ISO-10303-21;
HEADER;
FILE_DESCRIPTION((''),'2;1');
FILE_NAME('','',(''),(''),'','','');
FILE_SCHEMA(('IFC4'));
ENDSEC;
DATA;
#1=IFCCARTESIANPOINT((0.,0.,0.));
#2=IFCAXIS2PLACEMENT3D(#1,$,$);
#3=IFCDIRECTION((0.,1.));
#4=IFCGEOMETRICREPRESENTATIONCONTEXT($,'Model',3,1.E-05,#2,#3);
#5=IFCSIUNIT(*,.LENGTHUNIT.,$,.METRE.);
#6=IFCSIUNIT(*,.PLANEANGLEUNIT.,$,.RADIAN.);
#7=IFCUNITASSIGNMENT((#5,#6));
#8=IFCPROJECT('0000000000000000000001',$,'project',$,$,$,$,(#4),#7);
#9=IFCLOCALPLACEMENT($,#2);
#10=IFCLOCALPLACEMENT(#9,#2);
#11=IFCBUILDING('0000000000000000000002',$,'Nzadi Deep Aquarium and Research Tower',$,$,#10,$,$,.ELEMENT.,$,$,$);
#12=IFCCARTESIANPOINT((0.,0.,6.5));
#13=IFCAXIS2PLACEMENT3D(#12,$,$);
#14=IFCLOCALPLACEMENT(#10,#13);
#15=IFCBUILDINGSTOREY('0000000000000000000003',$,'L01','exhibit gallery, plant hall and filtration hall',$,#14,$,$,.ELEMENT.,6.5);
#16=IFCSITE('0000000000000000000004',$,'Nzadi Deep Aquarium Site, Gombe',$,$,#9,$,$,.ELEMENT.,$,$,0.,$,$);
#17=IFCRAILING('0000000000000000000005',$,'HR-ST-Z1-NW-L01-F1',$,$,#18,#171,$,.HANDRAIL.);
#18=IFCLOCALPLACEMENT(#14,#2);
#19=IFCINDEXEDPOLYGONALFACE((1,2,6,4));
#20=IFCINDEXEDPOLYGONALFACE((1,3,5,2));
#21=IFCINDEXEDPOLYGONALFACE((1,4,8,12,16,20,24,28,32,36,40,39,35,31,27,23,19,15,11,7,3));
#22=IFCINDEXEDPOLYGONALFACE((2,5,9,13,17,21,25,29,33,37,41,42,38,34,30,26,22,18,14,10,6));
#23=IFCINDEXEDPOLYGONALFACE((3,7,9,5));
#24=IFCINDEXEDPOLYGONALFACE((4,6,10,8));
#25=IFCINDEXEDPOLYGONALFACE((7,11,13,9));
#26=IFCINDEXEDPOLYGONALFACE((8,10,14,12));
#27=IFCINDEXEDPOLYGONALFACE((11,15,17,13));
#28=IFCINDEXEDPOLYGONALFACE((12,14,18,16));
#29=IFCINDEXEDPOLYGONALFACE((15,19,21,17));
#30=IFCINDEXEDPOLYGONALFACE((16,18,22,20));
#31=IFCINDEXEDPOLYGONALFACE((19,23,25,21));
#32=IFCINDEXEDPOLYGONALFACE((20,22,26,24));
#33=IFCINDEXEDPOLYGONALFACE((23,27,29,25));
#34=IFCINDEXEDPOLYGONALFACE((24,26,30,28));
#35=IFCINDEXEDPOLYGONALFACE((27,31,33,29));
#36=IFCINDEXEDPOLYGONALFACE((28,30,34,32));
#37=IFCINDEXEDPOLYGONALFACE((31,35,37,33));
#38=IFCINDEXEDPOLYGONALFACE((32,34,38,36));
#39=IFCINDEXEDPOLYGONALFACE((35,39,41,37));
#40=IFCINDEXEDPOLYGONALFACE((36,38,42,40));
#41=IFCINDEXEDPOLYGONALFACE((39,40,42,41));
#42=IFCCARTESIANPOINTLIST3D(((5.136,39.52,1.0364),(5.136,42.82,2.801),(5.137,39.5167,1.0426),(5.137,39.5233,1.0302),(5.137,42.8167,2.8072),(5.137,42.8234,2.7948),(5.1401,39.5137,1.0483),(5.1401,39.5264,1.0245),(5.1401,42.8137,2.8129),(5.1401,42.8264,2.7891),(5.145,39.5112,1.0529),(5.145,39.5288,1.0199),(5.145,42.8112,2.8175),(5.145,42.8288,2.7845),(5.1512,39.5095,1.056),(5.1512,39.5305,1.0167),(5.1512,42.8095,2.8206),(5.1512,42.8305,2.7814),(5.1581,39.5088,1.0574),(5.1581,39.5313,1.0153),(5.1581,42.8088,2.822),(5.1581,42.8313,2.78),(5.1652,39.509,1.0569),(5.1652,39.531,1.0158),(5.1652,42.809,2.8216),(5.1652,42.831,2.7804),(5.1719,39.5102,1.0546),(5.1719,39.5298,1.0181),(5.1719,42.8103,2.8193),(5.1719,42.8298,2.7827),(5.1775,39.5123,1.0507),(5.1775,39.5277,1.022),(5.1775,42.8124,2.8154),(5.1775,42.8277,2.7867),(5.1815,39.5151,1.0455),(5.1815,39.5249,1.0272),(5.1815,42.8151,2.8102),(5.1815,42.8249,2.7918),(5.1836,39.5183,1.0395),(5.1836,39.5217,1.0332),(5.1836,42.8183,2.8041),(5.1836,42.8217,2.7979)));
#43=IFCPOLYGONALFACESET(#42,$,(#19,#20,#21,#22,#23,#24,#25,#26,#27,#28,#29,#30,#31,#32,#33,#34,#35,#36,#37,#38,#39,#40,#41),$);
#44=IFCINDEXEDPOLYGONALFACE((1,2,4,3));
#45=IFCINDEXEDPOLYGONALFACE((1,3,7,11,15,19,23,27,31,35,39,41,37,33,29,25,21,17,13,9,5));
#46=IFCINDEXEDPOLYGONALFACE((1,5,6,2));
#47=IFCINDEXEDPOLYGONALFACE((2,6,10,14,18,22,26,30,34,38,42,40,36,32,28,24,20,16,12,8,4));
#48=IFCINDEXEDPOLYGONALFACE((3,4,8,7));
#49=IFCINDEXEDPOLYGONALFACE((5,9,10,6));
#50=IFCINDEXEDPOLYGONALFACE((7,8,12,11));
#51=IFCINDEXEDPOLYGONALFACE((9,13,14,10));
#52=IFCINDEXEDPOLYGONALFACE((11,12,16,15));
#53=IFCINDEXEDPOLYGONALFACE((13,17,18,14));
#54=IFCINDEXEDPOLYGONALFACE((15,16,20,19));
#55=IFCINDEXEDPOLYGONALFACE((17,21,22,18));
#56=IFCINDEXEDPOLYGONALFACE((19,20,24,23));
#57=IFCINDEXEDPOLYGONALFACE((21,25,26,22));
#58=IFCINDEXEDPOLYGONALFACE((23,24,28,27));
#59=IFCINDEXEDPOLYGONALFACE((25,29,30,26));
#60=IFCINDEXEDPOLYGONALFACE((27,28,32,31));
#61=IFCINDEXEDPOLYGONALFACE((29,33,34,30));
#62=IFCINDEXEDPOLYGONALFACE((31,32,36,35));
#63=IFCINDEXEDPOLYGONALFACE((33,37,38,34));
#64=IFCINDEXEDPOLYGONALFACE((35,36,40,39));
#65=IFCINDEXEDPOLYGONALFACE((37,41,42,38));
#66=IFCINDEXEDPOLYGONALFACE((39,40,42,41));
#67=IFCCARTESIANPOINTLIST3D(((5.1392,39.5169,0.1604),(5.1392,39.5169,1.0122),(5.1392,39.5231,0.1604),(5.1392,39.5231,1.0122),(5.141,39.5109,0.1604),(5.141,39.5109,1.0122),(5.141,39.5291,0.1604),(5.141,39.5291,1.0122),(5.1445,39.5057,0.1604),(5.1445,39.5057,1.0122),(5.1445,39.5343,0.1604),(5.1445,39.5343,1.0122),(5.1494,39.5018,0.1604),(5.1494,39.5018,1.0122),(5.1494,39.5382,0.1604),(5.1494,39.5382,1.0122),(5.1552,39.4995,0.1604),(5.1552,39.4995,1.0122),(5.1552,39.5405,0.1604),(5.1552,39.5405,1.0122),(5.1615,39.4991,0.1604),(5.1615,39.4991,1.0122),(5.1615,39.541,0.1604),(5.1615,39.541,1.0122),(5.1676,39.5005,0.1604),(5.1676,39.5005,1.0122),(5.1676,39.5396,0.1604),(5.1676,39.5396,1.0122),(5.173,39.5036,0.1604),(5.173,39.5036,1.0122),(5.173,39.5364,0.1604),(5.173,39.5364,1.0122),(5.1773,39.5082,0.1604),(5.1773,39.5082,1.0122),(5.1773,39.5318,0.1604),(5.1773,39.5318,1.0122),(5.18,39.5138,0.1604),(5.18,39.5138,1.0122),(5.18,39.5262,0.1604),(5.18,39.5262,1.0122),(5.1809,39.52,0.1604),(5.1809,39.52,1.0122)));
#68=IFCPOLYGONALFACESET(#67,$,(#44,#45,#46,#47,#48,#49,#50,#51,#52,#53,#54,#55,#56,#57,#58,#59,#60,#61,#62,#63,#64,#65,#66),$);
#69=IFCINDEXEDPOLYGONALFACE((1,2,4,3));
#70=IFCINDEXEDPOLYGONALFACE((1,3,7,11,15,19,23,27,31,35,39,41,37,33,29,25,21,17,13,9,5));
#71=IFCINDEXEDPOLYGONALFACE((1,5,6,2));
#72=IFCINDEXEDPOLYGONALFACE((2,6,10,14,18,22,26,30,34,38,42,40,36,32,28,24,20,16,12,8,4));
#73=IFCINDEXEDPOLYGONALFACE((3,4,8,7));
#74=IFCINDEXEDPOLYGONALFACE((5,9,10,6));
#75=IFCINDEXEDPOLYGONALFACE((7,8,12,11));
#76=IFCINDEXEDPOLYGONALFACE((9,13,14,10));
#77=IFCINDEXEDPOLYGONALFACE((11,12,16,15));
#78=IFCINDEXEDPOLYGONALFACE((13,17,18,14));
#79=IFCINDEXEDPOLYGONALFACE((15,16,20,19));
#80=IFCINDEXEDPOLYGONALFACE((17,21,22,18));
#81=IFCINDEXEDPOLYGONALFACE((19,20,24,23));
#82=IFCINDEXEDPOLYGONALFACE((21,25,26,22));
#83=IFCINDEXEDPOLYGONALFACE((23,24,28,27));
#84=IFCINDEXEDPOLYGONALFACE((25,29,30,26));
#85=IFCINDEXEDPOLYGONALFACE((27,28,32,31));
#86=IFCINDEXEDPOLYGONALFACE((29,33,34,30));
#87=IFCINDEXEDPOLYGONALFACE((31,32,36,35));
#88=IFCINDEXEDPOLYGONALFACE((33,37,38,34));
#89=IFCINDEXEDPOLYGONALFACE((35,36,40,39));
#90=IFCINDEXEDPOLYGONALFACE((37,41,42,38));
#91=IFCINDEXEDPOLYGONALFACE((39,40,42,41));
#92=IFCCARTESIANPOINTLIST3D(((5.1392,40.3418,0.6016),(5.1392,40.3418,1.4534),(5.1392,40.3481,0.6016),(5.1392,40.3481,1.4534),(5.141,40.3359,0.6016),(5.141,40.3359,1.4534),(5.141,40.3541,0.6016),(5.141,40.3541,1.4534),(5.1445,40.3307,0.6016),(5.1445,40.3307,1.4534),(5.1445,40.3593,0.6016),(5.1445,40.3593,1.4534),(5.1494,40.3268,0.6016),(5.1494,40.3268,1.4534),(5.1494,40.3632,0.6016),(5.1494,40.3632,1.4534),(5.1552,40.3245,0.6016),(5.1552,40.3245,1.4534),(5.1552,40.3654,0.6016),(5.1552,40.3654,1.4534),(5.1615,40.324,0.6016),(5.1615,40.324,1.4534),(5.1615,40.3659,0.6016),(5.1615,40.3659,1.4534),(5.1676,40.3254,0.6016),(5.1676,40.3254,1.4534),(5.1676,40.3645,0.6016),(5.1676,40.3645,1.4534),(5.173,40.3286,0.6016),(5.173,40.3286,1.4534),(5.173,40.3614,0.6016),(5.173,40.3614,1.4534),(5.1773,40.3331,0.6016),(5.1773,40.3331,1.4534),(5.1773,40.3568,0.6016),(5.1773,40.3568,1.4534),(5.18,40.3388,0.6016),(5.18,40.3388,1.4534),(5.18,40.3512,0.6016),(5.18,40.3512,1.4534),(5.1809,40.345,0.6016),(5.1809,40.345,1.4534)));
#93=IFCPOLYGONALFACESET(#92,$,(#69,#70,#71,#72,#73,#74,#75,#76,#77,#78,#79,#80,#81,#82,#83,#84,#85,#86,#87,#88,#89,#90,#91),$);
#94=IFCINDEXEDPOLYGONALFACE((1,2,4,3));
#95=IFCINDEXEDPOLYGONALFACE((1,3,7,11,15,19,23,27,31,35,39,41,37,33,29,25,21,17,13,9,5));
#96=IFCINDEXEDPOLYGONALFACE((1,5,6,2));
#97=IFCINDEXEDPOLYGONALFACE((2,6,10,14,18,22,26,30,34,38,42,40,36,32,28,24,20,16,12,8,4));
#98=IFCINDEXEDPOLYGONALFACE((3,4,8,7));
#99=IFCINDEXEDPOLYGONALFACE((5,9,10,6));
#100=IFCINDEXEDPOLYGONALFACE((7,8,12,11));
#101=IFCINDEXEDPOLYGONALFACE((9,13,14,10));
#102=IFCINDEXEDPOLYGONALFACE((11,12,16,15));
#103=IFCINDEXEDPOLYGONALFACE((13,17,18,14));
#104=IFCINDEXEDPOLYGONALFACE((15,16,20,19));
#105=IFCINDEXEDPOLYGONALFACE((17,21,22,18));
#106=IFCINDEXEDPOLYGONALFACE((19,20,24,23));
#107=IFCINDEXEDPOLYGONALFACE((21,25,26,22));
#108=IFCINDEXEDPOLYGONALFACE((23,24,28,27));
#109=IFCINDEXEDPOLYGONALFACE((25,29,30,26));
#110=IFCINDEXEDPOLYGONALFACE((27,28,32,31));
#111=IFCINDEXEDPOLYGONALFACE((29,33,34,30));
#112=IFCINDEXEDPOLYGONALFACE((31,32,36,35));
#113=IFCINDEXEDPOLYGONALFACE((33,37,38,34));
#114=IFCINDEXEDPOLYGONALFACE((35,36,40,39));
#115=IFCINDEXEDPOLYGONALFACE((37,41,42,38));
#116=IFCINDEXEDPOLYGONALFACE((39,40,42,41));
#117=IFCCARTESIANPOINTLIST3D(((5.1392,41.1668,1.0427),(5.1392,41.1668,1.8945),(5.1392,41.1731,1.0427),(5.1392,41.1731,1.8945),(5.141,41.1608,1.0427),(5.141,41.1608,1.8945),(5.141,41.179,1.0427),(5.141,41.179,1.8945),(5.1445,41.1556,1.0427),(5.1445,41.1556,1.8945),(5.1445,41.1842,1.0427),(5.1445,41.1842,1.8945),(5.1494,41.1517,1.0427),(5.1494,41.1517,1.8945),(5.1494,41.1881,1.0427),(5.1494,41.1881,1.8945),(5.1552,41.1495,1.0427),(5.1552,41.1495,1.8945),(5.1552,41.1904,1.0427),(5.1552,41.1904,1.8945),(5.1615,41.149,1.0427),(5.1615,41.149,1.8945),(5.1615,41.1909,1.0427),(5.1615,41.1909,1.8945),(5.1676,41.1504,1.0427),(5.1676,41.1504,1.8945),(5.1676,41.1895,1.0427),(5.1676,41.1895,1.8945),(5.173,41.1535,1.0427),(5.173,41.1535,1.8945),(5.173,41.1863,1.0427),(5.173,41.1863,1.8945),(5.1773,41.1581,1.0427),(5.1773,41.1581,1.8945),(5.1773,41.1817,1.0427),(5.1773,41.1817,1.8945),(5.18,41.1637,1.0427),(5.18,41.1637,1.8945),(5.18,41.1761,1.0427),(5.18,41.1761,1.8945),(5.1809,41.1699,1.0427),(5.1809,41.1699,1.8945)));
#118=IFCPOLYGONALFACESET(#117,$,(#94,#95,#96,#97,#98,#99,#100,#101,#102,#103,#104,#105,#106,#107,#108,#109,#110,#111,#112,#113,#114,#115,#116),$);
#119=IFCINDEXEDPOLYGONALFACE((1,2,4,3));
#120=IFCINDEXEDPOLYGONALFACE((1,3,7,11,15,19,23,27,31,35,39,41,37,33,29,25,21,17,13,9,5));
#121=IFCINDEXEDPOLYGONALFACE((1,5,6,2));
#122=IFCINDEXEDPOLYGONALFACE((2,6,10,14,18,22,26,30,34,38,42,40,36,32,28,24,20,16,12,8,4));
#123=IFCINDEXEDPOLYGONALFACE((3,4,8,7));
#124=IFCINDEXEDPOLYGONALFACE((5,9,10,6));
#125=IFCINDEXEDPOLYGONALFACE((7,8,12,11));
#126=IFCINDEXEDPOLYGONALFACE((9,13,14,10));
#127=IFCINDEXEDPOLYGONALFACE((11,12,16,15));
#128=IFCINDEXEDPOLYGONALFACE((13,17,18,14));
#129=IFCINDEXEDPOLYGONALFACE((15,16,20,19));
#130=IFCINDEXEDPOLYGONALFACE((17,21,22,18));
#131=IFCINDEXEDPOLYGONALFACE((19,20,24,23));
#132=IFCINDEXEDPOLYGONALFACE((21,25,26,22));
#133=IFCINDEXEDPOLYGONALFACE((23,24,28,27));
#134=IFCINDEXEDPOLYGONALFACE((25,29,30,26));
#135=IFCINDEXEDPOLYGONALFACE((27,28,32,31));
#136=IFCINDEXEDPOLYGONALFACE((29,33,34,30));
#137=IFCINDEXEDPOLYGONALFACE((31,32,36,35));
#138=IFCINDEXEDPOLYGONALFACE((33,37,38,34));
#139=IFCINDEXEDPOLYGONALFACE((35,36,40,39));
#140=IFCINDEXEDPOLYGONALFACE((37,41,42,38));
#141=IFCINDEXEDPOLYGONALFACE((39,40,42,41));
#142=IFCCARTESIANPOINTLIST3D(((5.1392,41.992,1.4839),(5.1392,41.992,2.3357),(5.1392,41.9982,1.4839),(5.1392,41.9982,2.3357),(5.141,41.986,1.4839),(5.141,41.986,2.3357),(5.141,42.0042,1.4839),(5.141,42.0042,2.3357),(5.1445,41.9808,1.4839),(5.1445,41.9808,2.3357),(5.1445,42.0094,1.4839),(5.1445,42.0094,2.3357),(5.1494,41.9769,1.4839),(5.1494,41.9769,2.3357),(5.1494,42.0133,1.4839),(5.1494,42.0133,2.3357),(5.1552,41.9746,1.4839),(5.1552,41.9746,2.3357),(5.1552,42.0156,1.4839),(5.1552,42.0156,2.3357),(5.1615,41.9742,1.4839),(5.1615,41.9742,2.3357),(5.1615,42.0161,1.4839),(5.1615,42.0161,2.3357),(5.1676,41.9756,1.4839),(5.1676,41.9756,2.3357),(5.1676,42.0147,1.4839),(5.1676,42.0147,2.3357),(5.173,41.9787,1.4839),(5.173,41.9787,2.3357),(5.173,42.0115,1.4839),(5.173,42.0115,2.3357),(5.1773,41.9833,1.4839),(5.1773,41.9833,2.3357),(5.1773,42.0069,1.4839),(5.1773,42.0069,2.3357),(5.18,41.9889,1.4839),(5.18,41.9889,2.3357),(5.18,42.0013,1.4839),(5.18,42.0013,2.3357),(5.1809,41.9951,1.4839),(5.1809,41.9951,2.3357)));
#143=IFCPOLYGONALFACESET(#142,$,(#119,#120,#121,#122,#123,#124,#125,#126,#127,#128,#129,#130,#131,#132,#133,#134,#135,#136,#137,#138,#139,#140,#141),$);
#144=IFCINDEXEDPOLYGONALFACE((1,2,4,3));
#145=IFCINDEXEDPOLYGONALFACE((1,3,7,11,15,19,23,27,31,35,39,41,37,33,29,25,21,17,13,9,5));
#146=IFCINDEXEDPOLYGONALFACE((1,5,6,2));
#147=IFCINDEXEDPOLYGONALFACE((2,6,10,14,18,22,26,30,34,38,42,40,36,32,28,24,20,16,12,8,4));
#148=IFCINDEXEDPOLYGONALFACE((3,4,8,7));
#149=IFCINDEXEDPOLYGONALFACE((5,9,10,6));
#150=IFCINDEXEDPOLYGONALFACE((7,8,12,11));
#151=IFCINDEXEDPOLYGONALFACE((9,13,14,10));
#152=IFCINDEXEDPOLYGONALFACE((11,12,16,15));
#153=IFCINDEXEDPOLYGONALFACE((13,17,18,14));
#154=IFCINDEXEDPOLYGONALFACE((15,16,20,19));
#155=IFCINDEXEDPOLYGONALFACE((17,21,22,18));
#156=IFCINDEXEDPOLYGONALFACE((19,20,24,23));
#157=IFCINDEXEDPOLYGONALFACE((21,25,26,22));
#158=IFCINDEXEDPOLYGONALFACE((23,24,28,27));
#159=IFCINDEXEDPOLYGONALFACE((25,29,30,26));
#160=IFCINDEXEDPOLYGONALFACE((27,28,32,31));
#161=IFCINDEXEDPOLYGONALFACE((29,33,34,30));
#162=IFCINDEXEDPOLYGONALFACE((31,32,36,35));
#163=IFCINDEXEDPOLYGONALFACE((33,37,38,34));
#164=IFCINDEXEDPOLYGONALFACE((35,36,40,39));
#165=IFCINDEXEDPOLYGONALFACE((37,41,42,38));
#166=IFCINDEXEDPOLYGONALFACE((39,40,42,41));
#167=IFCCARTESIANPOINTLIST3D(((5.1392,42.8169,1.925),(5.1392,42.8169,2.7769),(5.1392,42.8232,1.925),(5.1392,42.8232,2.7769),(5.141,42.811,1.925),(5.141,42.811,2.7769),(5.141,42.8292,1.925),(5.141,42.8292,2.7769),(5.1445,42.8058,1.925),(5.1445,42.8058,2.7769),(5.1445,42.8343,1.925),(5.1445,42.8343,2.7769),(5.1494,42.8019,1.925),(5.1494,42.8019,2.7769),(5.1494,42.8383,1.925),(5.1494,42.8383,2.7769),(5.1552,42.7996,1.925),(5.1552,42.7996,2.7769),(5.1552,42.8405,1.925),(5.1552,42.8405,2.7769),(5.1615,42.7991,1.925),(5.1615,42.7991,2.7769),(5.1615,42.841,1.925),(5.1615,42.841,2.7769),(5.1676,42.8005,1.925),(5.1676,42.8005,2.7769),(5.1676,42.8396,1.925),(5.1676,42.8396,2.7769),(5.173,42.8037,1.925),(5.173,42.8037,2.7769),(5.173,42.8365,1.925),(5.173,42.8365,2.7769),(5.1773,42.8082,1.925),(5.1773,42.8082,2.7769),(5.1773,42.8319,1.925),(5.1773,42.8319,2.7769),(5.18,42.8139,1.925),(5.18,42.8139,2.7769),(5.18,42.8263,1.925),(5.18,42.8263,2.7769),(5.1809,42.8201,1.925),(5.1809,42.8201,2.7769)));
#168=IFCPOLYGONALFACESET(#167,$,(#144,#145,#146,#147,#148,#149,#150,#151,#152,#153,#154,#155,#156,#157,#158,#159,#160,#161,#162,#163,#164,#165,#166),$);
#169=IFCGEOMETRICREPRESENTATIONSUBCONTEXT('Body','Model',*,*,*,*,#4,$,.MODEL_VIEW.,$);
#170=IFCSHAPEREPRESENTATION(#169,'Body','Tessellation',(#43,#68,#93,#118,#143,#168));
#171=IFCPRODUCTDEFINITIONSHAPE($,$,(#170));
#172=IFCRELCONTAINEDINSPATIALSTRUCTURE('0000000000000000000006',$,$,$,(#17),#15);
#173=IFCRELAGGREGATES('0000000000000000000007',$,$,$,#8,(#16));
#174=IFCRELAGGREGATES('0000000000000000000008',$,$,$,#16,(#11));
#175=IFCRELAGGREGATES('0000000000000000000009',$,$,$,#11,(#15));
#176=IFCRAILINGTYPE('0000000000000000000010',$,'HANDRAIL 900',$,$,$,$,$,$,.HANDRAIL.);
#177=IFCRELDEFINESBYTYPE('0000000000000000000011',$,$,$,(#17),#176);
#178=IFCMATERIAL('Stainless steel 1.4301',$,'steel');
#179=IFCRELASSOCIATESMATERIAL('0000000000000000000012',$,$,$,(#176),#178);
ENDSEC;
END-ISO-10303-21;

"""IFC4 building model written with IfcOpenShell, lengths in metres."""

from ifc_helpers import new_model, si_unit, direction, frame, origin, origin_2d, place, context, subcontext, project, spatial, circle, extrude, material, type_object, element, save


model = new_model("IFC4")

# Units and contexts
model_context = context("Model", 3, precision=1e-05, world=origin(), true_north=direction((0.0, 1.0)))
body_context = subcontext(model_context, "Body", "Model", "MODEL_VIEW")
ifc_project = project(units=[si_unit("LENGTHUNIT", "METRE"), si_unit("PLANEANGLEUNIT", "RADIAN")], contexts=[model_context])

# Site, building, storey
site_placement = place(None, origin())
site = spatial("IfcSite", under=ifc_project, at=site_placement, Name="Nzadi Deep Aquarium Site, Gombe", CompositionType="ELEMENT", RefElevation=0.0)
building_placement = place(site_placement, origin())
building = spatial("IfcBuilding", under=site, at=building_placement, Name="Nzadi Deep Aquarium and Research Tower", CompositionType="ELEMENT")
storey_placement = place(building_placement, frame((0.0, 0.0, 6.5)))
storey = spatial("IfcBuildingStorey", under=building, at=storey_placement, Name="L01", Description="exhibit gallery, plant hall and filtration hall", CompositionType="ELEMENT", Elevation=6.5)

# Railing
ifc_material_1 = material(Name="Stainless steel 1.4301", Category="steel")
railing_type = type_object("IfcRailingType", Name="HANDRAIL 900", PredefinedType="HANDRAIL", material=ifc_material_1)
for number, where, name in (
    (1, (5.1599, 39.52, 0.1604), "HR-ST-Z1-NW-L01-F1"),
):
    element("IfcRailing", number, at=place(storey_placement, frame(where)), inside=storey, type_object=railing_type, Name=name, PredefinedType="HANDRAIL", context=body_context, shape_type="SweptSolid", body=[
        extrude(circle(Radius=0.0239, at=origin_2d()), frame((0.0, 0.0, 0.876), z_axis=(0.0, 0.88184, 0.47155), x_axis=(-1.0, 0.0, 0.0)), (0.0, 0.0, 1.0), 3.7422),
        extrude(circle(Radius=0.021, at=origin_2d()), origin(), (0.0, 0.0, 1.0), 0.8518),
        extrude(circle(Radius=0.021, at=origin_2d()), frame((0.0, 0.825, 0.4412)), (0.0, 0.0, 1.0), 0.8518),
        extrude(circle(Radius=0.021, at=origin_2d()), frame((0.0, 1.6499, 0.8823)), (0.0, 0.0, 1.0), 0.8518),
        extrude(circle(Radius=0.021, at=origin_2d()), frame((0.0, 2.4751, 1.3235)), (0.0, 0.0, 1.0), 0.8518),
        extrude(circle(Radius=0.021, at=origin_2d()), frame((0.0, 3.3, 1.7646)), (0.0, 0.0, 1.0), 0.8518),
    ])

save(model, "model.ifc")
